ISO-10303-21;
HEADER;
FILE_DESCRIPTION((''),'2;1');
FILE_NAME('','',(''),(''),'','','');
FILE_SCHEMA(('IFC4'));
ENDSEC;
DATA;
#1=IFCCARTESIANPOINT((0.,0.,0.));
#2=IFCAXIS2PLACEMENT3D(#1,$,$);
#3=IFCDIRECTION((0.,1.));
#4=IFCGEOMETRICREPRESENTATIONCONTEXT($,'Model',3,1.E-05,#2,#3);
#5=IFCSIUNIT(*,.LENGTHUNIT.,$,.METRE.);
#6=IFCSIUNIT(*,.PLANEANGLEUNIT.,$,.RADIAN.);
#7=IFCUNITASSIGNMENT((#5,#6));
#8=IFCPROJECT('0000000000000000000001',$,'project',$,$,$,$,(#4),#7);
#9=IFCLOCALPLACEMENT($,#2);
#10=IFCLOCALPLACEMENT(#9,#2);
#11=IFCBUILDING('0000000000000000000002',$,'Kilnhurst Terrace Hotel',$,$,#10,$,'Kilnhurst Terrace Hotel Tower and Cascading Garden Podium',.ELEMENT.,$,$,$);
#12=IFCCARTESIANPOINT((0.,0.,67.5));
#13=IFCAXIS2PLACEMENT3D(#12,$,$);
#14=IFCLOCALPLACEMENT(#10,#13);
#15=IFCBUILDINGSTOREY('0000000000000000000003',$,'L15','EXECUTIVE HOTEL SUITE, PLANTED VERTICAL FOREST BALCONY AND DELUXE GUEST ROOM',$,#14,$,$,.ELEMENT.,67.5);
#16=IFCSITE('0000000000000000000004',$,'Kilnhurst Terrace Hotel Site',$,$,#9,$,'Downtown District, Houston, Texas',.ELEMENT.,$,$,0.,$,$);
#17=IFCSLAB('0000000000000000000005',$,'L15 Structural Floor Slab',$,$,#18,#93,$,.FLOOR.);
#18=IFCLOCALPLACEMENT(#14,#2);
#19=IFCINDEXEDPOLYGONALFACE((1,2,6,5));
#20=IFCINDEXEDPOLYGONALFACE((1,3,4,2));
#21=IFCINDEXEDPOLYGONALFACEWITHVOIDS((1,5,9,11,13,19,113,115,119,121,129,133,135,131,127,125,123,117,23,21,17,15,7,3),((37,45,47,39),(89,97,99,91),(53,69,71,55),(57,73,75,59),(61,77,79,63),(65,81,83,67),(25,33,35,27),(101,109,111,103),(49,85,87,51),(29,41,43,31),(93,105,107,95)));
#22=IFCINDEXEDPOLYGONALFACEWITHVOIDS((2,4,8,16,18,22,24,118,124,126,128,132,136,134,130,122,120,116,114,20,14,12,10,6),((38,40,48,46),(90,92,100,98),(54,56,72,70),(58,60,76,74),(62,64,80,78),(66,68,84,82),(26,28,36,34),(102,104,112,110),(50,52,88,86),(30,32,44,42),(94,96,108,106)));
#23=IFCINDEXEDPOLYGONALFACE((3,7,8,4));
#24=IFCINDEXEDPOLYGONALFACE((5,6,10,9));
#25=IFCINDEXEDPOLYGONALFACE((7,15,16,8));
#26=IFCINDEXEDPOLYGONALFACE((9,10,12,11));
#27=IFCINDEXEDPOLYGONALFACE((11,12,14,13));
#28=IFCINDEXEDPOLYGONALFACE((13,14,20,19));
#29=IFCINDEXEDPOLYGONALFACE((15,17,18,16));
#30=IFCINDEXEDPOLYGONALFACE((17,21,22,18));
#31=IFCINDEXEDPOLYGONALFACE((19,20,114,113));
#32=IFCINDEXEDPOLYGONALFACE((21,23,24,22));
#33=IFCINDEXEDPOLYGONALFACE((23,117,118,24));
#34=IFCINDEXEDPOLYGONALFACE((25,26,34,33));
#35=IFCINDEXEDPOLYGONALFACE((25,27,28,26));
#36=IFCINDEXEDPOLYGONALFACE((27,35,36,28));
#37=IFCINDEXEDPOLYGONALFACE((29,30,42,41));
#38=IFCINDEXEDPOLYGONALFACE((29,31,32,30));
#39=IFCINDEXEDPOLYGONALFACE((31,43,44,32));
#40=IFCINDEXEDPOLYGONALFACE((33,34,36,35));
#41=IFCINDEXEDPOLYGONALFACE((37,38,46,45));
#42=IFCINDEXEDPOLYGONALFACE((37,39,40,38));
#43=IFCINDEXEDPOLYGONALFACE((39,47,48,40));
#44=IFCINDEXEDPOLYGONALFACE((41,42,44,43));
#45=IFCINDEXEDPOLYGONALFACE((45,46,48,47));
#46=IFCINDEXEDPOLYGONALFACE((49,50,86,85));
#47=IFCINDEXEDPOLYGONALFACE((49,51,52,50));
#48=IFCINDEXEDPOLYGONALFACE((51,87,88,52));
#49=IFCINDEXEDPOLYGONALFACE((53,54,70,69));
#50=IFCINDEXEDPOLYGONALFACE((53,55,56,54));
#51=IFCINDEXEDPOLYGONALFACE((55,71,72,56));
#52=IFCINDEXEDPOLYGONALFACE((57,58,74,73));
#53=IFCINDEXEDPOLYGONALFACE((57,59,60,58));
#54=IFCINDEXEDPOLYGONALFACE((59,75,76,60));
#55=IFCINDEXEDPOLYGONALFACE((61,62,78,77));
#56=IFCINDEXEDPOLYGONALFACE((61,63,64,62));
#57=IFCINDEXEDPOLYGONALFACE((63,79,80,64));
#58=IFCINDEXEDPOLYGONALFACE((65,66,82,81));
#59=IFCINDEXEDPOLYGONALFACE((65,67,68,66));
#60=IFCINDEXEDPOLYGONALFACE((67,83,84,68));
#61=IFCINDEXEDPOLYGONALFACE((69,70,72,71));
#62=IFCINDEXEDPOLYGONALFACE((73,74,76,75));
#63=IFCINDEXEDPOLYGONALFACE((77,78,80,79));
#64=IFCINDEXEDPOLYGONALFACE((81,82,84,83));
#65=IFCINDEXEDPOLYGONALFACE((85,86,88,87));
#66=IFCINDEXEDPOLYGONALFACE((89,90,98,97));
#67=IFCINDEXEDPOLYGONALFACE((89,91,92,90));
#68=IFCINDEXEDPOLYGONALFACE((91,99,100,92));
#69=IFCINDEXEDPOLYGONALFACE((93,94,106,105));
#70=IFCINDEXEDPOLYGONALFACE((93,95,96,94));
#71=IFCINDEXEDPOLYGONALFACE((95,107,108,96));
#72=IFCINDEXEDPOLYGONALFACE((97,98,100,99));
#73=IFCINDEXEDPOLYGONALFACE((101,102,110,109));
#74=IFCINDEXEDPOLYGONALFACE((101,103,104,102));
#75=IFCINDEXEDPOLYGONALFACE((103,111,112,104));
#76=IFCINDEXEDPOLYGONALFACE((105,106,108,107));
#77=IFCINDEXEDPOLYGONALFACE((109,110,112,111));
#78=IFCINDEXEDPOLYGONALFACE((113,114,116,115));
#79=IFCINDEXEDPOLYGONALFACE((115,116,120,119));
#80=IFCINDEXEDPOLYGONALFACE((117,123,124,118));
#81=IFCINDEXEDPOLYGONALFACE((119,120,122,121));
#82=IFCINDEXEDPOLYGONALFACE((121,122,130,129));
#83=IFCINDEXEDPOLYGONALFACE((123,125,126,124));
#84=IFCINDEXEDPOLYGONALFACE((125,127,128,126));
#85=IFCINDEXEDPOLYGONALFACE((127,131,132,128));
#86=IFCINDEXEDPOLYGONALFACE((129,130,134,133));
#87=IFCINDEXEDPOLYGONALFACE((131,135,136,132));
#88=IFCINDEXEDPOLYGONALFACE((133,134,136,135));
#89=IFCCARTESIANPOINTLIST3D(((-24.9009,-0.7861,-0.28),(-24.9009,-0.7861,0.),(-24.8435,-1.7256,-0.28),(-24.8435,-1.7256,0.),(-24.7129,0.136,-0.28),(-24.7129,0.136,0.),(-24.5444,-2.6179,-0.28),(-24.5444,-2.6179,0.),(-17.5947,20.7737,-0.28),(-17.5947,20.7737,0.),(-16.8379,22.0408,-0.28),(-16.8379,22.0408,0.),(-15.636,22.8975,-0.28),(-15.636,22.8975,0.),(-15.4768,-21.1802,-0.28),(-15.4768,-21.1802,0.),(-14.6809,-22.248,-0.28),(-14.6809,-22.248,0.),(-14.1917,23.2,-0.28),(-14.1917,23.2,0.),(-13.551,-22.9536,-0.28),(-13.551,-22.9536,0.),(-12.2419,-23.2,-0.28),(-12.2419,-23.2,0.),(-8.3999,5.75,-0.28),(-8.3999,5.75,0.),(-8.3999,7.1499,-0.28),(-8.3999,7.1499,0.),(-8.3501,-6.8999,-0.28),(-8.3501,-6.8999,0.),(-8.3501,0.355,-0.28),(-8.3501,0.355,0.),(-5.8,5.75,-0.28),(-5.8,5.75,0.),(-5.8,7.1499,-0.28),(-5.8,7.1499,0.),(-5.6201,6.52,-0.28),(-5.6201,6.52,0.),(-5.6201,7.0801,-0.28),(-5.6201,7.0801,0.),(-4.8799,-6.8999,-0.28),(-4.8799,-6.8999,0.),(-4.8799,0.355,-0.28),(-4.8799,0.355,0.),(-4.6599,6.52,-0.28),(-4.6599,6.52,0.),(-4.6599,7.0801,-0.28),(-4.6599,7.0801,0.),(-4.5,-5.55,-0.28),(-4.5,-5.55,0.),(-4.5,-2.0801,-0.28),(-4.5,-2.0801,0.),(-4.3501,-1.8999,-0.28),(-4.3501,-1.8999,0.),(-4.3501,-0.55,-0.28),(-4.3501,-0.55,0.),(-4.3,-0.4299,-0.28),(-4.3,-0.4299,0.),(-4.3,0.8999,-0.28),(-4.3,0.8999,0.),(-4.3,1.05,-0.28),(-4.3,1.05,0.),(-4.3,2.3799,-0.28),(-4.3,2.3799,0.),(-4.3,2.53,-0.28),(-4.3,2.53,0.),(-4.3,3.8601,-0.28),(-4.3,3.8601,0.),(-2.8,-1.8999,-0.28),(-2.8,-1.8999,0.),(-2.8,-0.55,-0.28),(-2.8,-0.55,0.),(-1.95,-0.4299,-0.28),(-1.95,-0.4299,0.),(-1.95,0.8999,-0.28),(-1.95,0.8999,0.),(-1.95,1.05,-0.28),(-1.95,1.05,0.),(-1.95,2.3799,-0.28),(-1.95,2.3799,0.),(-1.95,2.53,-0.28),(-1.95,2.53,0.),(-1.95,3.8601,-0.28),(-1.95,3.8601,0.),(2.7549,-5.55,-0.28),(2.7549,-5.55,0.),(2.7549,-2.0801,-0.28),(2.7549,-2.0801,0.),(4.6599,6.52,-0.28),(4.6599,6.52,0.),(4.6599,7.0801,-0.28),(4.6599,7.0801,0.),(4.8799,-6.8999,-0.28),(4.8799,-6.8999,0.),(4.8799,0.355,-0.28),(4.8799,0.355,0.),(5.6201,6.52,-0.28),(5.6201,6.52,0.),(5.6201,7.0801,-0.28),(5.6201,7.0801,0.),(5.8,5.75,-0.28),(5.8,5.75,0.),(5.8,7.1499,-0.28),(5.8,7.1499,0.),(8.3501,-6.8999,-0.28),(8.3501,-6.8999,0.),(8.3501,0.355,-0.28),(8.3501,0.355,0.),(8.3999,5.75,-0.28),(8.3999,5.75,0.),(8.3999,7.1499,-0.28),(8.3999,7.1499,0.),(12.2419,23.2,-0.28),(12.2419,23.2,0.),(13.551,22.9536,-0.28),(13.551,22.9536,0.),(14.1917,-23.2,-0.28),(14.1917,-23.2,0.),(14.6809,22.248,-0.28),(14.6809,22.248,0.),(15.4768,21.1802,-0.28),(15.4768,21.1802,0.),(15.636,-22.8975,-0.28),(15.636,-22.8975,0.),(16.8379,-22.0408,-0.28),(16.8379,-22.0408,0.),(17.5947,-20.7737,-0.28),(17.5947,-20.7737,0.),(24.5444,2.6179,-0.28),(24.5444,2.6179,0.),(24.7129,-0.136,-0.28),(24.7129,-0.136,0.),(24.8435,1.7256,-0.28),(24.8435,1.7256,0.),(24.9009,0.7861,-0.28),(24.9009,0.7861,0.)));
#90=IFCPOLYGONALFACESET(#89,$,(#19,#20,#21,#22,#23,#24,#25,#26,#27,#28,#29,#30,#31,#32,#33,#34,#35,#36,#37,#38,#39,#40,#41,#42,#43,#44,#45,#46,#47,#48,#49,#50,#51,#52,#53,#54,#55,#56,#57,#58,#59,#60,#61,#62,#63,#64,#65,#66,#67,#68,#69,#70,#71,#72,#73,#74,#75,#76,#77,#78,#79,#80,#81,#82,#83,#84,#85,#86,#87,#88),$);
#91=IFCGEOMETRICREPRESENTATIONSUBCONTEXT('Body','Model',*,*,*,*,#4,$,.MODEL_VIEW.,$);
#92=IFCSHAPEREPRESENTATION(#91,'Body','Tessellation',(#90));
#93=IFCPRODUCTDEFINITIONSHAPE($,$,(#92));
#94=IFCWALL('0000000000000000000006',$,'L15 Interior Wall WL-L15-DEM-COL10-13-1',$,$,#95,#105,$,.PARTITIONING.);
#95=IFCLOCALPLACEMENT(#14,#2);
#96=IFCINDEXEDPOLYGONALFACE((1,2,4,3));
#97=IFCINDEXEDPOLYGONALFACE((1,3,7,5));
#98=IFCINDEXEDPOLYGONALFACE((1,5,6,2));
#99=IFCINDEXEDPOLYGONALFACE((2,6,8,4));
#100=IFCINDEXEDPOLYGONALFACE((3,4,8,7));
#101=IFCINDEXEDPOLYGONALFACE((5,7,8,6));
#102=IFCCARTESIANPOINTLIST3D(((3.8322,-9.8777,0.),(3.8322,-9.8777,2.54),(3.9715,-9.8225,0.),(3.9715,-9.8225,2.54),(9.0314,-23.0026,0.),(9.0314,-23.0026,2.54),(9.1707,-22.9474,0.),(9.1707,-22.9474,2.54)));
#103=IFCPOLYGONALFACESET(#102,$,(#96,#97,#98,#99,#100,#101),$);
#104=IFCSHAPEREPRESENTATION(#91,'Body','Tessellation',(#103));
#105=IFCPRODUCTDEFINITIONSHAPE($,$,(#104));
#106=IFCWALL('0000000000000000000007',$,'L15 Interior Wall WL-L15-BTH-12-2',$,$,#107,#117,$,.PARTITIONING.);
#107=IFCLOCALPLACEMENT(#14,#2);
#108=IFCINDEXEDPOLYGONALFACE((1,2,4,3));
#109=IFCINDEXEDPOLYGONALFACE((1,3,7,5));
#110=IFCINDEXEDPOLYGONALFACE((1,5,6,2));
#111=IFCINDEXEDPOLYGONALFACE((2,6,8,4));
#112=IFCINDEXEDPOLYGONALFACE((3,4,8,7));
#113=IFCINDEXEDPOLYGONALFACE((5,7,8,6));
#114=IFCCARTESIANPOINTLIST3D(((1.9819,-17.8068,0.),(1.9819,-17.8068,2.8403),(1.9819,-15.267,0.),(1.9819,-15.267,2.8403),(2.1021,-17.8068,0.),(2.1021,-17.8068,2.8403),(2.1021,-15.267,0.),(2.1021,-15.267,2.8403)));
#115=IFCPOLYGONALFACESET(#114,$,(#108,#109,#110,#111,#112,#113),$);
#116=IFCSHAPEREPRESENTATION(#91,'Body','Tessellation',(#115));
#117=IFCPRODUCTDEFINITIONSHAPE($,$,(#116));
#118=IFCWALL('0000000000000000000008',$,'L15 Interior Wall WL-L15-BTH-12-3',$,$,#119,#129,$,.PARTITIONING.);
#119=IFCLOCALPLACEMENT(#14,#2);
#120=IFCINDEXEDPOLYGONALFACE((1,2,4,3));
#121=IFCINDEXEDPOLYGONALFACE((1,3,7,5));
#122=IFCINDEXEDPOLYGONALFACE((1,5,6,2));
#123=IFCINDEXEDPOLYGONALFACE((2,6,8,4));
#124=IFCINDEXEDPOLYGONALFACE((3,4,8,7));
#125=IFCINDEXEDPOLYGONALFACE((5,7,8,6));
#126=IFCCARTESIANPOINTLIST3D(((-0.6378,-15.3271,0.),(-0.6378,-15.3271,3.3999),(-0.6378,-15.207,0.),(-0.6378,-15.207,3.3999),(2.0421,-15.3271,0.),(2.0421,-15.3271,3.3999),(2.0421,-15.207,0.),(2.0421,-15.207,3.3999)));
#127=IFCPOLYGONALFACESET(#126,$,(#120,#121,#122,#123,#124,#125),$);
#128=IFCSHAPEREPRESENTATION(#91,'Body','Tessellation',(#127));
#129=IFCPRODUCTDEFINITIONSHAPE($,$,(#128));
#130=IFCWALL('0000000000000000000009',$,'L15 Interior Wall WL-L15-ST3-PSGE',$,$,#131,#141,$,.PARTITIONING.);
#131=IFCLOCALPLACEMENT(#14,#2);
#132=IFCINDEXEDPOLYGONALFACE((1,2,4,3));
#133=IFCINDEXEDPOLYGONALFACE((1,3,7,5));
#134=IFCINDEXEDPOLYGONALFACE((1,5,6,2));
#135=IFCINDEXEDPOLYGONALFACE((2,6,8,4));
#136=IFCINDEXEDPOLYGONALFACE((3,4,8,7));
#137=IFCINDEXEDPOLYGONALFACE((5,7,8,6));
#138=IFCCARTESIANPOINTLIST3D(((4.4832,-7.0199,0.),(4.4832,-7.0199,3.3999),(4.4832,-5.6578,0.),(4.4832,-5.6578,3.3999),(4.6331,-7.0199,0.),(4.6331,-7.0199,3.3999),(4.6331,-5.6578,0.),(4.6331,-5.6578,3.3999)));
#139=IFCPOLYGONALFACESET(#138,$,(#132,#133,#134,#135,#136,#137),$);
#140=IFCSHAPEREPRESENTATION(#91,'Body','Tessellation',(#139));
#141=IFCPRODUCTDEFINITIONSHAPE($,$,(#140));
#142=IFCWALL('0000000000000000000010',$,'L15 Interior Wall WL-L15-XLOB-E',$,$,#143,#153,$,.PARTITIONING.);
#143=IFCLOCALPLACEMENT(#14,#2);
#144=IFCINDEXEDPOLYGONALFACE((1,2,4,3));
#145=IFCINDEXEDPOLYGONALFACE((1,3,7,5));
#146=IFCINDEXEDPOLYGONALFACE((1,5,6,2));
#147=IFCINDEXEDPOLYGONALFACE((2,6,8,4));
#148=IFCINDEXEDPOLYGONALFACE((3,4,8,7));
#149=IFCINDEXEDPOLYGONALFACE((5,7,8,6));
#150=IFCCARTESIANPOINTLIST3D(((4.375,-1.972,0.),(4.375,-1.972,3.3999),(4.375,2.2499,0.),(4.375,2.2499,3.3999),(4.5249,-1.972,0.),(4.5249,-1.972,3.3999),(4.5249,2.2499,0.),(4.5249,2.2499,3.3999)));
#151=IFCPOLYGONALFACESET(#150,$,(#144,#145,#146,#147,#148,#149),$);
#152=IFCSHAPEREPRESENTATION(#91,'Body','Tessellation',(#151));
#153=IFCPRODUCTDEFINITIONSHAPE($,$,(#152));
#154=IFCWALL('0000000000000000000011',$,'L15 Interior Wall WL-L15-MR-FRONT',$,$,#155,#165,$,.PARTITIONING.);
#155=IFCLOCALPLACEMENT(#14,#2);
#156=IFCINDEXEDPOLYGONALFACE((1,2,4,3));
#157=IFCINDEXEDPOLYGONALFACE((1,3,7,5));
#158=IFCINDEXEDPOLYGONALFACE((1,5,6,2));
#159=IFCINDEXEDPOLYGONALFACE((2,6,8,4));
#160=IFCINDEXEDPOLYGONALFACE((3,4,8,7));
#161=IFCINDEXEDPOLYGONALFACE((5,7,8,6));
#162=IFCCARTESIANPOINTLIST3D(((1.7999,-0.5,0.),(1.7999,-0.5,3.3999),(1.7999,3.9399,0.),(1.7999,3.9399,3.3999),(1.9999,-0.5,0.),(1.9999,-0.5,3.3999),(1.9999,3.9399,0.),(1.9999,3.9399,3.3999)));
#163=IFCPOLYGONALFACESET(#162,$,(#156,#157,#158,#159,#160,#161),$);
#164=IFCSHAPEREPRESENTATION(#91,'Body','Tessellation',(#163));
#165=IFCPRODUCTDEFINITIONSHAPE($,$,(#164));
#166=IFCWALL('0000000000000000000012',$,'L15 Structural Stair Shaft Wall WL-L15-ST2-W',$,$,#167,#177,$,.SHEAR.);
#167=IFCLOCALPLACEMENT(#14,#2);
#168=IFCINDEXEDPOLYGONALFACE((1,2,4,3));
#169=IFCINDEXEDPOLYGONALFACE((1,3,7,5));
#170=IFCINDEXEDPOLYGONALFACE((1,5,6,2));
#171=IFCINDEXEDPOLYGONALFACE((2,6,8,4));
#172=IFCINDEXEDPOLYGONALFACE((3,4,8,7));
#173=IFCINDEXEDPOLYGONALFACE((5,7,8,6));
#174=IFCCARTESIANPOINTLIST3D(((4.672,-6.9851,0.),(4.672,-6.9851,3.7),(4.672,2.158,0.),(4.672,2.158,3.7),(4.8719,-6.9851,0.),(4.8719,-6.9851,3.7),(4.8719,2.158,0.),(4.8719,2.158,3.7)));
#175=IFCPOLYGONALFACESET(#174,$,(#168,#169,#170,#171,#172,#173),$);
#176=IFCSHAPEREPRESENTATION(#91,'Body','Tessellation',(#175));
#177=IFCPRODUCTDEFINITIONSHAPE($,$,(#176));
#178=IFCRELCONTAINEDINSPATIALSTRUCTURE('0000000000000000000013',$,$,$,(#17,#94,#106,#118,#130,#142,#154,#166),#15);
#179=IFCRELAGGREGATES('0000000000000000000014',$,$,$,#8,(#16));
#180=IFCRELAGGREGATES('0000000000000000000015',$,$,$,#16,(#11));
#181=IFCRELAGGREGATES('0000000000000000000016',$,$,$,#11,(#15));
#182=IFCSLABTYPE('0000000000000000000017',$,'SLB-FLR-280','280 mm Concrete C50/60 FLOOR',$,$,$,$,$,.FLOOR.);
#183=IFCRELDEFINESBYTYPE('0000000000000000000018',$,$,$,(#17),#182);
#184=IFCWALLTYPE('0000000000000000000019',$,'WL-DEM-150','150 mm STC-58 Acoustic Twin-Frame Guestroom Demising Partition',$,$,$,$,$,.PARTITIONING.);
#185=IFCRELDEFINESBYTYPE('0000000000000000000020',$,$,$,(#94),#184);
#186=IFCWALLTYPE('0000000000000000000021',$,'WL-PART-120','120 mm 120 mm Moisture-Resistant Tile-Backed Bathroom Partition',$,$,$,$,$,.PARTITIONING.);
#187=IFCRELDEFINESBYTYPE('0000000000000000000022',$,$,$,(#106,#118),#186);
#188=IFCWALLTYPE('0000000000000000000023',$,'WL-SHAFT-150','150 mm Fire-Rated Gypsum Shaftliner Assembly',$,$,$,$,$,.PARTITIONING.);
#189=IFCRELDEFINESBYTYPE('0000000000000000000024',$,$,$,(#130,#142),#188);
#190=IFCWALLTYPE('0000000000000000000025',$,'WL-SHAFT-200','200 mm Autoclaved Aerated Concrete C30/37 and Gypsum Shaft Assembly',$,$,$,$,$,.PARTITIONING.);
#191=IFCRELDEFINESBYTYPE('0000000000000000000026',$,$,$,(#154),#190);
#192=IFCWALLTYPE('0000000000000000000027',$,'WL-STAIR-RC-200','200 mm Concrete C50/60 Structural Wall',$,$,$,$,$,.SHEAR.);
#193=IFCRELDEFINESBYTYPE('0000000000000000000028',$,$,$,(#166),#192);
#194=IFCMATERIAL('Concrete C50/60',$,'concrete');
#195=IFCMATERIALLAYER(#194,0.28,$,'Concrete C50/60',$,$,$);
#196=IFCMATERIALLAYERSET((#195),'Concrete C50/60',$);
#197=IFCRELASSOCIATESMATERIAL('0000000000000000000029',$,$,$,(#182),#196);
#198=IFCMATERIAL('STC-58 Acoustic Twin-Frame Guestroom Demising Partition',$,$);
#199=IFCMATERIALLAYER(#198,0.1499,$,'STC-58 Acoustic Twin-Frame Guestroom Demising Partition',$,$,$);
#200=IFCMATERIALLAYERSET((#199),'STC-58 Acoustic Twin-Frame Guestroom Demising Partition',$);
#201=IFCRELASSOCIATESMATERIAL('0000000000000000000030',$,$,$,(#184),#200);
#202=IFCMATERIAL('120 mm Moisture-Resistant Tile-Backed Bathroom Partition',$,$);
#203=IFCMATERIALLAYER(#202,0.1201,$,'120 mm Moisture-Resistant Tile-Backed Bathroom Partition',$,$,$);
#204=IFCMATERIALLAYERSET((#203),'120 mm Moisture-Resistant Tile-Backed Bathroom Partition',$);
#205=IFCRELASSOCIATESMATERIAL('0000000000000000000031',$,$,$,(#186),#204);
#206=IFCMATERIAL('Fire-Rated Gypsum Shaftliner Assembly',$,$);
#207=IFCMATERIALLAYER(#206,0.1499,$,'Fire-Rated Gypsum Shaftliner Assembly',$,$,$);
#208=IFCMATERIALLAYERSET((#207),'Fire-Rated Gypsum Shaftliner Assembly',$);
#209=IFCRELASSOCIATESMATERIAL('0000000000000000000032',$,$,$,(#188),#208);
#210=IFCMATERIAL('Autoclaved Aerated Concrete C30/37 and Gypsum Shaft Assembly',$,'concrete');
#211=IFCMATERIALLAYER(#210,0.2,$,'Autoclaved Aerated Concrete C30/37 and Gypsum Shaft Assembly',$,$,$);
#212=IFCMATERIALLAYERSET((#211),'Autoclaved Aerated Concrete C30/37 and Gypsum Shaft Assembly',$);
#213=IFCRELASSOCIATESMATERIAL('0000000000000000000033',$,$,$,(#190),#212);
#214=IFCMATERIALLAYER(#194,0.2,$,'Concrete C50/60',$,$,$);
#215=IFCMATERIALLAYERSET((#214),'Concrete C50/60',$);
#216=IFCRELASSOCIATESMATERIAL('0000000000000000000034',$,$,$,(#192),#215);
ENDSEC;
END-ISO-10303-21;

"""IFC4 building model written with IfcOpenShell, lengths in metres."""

from ifc_helpers import new_model, si_unit, direction, frame, frame_2d, origin, place, context, subcontext, project, spatial, polyline, rectangle, outline, extrude, material, layer, layer_set, type_object, element, save


model = new_model("IFC4")

# Units and contexts
model_context = context("Model", 3, precision=1e-05, world=origin(), true_north=direction((0.0, 1.0)))
body_context = subcontext(model_context, "Body", "Model", "MODEL_VIEW")
ifc_project = project(units=[si_unit("LENGTHUNIT", "METRE"), si_unit("PLANEANGLEUNIT", "RADIAN")], contexts=[model_context])

# Site, building, storey
site_placement = place(None, origin())
site = spatial("IfcSite", under=ifc_project, at=site_placement, Name="Kilnhurst Terrace Hotel Site", LongName="Downtown District, Houston, Texas", CompositionType="ELEMENT", RefElevation=0.0)
building_placement = place(site_placement, origin())
building = spatial("IfcBuilding", under=site, at=building_placement, Name="Kilnhurst Terrace Hotel", LongName="Kilnhurst Terrace Hotel Tower and Cascading Garden Podium", CompositionType="ELEMENT")
storey_placement = place(building_placement, frame((0.0, 0.0, 67.5)))
storey = spatial("IfcBuildingStorey", under=building, at=storey_placement, Name="L15", Description="EXECUTIVE HOTEL SUITE, PLANTED VERTICAL FOREST BALCONY AND DELUXE GUEST ROOM", CompositionType="ELEMENT", Elevation=67.5)

# Shared definitions
ifc_material_1 = material(Name="Concrete C50/60", Category="concrete")

# Slab
ifc_layer_1 = layer(ifc_material_1, 0.28, Name="Concrete C50/60")
ifc_layer_set_1 = layer_set([ifc_layer_1], Name="Concrete C50/60")
slab_type_1 = type_object("IfcSlabType", Name="SLB-FLR-280", Description="280 mm Concrete C50/60 FLOOR", PredefinedType="FLOOR", material=ifc_layer_set_1)
slab_1_placement = place(storey_placement, frame((0.0, 0.0, -0.28)))
element("IfcSlab", 1, at=slab_1_placement, inside=storey, type_object=slab_type_1, Name="L15 Structural Floor Slab", PredefinedType="FLOOR", context=body_context, shape_type="SweptSolid", body=[
    extrude(outline(polyline([(-15.4768, -21.1802), (-14.6809, -22.248), (-13.551, -22.9536), (-12.2419, -23.2), (14.1917, -23.2), (15.636, -22.8975), (16.8379, -22.0408), (17.5947, -20.7737), (24.7129, -0.136), (24.9009, 0.7861), (24.8435, 1.7256), (24.5444, 2.6179), (15.4768, 21.1802), (14.6809, 22.248), (13.551, 22.9536), (12.2419, 23.2), (-14.1917, 23.2), (-15.636, 22.8975), (-16.8379, 22.0408), (-17.5947, 20.7737), (-24.7129, 0.136), (-24.9009, -0.7861), (-24.8435, -1.7256), (-24.5444, -2.6179), (-15.4768, -21.1802)]), holes=[polyline([(-8.3501, 0.355), (-4.8799, 0.355), (-4.8799, -6.8999), (-8.3501, -6.8999), (-8.3501, 0.355)]), polyline([(-2.8, -1.8999), (-4.3501, -1.8999), (-4.3501, -0.55), (-2.8, -0.55), (-2.8, -1.8999)]), polyline([(-1.95, -0.4299), (-4.3, -0.4299), (-4.3, 0.8999), (-1.95, 0.8999), (-1.95, -0.4299)]), polyline([(-4.3, 1.05), (-4.3, 2.3799), (-1.95, 2.3799), (-1.95, 1.05), (-4.3, 1.05)]), polyline([(-8.3999, 5.75), (-8.3999, 7.1499), (-5.8, 7.1499), (-5.8, 5.75), (-8.3999, 5.75)]), polyline([(-4.6599, 6.52), (-5.6201, 6.52), (-5.6201, 7.0801), (-4.6599, 7.0801), (-4.6599, 6.52)]), polyline([(2.7549, -5.55), (-4.5, -5.55), (-4.5, -2.0801), (2.7549, -2.0801), (2.7549, -5.55)]), polyline([(8.3501, 0.355), (8.3501, -6.8999), (4.8799, -6.8999), (4.8799, 0.355), (8.3501, 0.355)]), polyline([(-1.95, 2.53), (-4.3, 2.53), (-4.3, 3.8601), (-1.95, 3.8601), (-1.95, 2.53)]), polyline([(5.8, 5.75), (5.8, 7.1499), (8.3999, 7.1499), (8.3999, 5.75), (5.8, 5.75)]), polyline([(4.6599, 6.52), (4.6599, 7.0801), (5.6201, 7.0801), (5.6201, 6.52), (4.6599, 6.52)])]), origin(), (0.0, 0.0, 1.0), 0.28),
])

# Walls
ifc_material_2 = material(Name="STC-58 Acoustic Twin-Frame Guestroom Demising Partition")
ifc_layer_2 = layer(ifc_material_2, 0.1499, Name="STC-58 Acoustic Twin-Frame Guestroom Demising Partition")
ifc_layer_set_2 = layer_set([ifc_layer_2], Name="STC-58 Acoustic Twin-Frame Guestroom Demising Partition")
wall_type_1 = type_object("IfcWallType", Name="WL-DEM-150", Description="150 mm STC-58 Acoustic Twin-Frame Guestroom Demising Partition", PredefinedType="PARTITIONING", material=ifc_layer_set_2)
wall_1_placement = place(storey_placement, frame((3.9019, -9.8501, 0.0), z_axis=(0.0, 0.0, 1.0), x_axis=(0.368288, -0.929712, 0.0)))
element("IfcWall", 2, at=wall_1_placement, inside=storey, type_object=wall_type_1, Name="L15 Interior Wall WL-L15-DEM-COL10-13-1", PredefinedType="PARTITIONING", context=body_context, shape_type="SweptSolid", body=[
    extrude(rectangle(XDim=14.1172, YDim=0.1499, at=frame_2d((7.0586, 0.0))), origin(), (0.0, 0.0, 1.0), 2.54),
])
ifc_material_3 = material(Name="120 mm Moisture-Resistant Tile-Backed Bathroom Partition")
ifc_layer_3 = layer(ifc_material_3, 0.1201, Name="120 mm Moisture-Resistant Tile-Backed Bathroom Partition")
ifc_layer_set_3 = layer_set([ifc_layer_3], Name="120 mm Moisture-Resistant Tile-Backed Bathroom Partition")
wall_type_2 = type_object("IfcWallType", Name="WL-PART-120", Description="120 mm 120 mm Moisture-Resistant Tile-Backed Bathroom Partition", PredefinedType="PARTITIONING", material=ifc_layer_set_3)
wall_2_placement = place(storey_placement, frame((2.042, -17.8069, 0.0), z_axis=(0.0, 0.0, 1.0), x_axis=(0.0, 1.0, 0.0)))
element("IfcWall", 3, at=wall_2_placement, inside=storey, type_object=wall_type_2, Name="L15 Interior Wall WL-L15-BTH-12-2", PredefinedType="PARTITIONING", context=body_context, shape_type="SweptSolid", body=[
    extrude(rectangle(XDim=2.5398, YDim=0.1201, at=frame_2d((1.27, 0.0))), origin(), (0.0, 0.0, 1.0), 2.8403),
])
wall_3_placement = place(storey_placement, frame((2.042, -15.2671, 0.0), z_axis=(0.0, 0.0, 1.0), x_axis=(-1.0, 0.0, 0.0)))
element("IfcWall", 4, at=wall_3_placement, inside=storey, type_object=wall_type_2, Name="L15 Interior Wall WL-L15-BTH-12-3", PredefinedType="PARTITIONING", context=body_context, shape_type="SweptSolid", body=[
    extrude(rectangle(XDim=2.6799, YDim=0.1201, at=frame_2d((1.3398, 0.0))), origin(), (0.0, 0.0, 1.0), 3.3999),
])
ifc_material_4 = material(Name="Fire-Rated Gypsum Shaftliner Assembly")
ifc_layer_4 = layer(ifc_material_4, 0.1499, Name="Fire-Rated Gypsum Shaftliner Assembly")
ifc_layer_set_4 = layer_set([ifc_layer_4], Name="Fire-Rated Gypsum Shaftliner Assembly")
wall_type_3 = type_object("IfcWallType", Name="WL-SHAFT-150", Description="150 mm Fire-Rated Gypsum Shaftliner Assembly", PredefinedType="PARTITIONING", material=ifc_layer_set_4)
wall_4_placement = place(storey_placement, frame((4.5581, -7.02, 0.0), z_axis=(0.0, 0.0, 1.0), x_axis=(0.0, 1.0, 0.0)))
element("IfcWall", 5, at=wall_4_placement, inside=storey, type_object=wall_type_3, Name="L15 Interior Wall WL-L15-ST3-PSGE", PredefinedType="PARTITIONING", context=body_context, shape_type="SweptSolid", body=[
    extrude(rectangle(XDim=1.3621, YDim=0.1499, at=frame_2d((0.6812, 0.0))), origin(), (0.0, 0.0, 1.0), 3.3999),
])
wall_5_placement = place(storey_placement, frame((4.45, -1.9719, 0.0), z_axis=(0.0, 0.0, 1.0), x_axis=(0.0, 1.0, 0.0)))
element("IfcWall", 6, at=wall_5_placement, inside=storey, type_object=wall_type_3, Name="L15 Interior Wall WL-L15-XLOB-E", PredefinedType="PARTITIONING", context=body_context, shape_type="SweptSolid", body=[
    extrude(rectangle(XDim=4.2219, YDim=0.1499, at=frame_2d((2.1108, 0.0))), origin(), (0.0, 0.0, 1.0), 3.3999),
])
ifc_material_5 = material(Name="Autoclaved Aerated Concrete C30/37 and Gypsum Shaft Assembly", Category="concrete")
ifc_layer_5 = layer(ifc_material_5, 0.2, Name="Autoclaved Aerated Concrete C30/37 and Gypsum Shaft Assembly")
ifc_layer_set_5 = layer_set([ifc_layer_5], Name="Autoclaved Aerated Concrete C30/37 and Gypsum Shaft Assembly")
wall_type_4 = type_object("IfcWallType", Name="WL-SHAFT-200", Description="200 mm Autoclaved Aerated Concrete C30/37 and Gypsum Shaft Assembly", PredefinedType="PARTITIONING", material=ifc_layer_set_5)
wall_6_placement = place(storey_placement, frame((1.8999, -0.5, 0.0), z_axis=(0.0, 0.0, 1.0), x_axis=(0.0, 1.0, 0.0)))
element("IfcWall", 7, at=wall_6_placement, inside=storey, type_object=wall_type_4, Name="L15 Interior Wall WL-L15-MR-FRONT", PredefinedType="PARTITIONING", context=body_context, shape_type="SweptSolid", body=[
    extrude(rectangle(XDim=4.4399, YDim=0.2, at=frame_2d((2.22, 0.0))), origin(), (0.0, 0.0, 1.0), 3.3999),
])
ifc_layer_6 = layer(ifc_material_1, 0.2, Name="Concrete C50/60")
ifc_layer_set_6 = layer_set([ifc_layer_6], Name="Concrete C50/60")
wall_type_5 = type_object("IfcWallType", Name="WL-STAIR-RC-200", Description="200 mm Concrete C50/60 Structural Wall", PredefinedType="SHEAR", material=ifc_layer_set_6)
for number, where, z_axis, x_axis, name in (
    (8, (4.772, -6.9851, 0.0), (0.0, 0.0, 1.0), (0.0, 1.0, 0.0), "L15 Structural Stair Shaft Wall WL-L15-ST2-W"),
):
    element("IfcWall", number, at=place(storey_placement, frame(where, z_axis=z_axis, x_axis=x_axis)), inside=storey, type_object=wall_type_5, Name=name, PredefinedType="SHEAR", context=body_context, shape_type="SweptSolid", body=[
        extrude(rectangle(XDim=9.1431, YDim=0.2, at=frame_2d((4.5715, 0.0))), origin(), (0.0, 0.0, 1.0), 3.7),
    ])

save(model, "model.ifc")
